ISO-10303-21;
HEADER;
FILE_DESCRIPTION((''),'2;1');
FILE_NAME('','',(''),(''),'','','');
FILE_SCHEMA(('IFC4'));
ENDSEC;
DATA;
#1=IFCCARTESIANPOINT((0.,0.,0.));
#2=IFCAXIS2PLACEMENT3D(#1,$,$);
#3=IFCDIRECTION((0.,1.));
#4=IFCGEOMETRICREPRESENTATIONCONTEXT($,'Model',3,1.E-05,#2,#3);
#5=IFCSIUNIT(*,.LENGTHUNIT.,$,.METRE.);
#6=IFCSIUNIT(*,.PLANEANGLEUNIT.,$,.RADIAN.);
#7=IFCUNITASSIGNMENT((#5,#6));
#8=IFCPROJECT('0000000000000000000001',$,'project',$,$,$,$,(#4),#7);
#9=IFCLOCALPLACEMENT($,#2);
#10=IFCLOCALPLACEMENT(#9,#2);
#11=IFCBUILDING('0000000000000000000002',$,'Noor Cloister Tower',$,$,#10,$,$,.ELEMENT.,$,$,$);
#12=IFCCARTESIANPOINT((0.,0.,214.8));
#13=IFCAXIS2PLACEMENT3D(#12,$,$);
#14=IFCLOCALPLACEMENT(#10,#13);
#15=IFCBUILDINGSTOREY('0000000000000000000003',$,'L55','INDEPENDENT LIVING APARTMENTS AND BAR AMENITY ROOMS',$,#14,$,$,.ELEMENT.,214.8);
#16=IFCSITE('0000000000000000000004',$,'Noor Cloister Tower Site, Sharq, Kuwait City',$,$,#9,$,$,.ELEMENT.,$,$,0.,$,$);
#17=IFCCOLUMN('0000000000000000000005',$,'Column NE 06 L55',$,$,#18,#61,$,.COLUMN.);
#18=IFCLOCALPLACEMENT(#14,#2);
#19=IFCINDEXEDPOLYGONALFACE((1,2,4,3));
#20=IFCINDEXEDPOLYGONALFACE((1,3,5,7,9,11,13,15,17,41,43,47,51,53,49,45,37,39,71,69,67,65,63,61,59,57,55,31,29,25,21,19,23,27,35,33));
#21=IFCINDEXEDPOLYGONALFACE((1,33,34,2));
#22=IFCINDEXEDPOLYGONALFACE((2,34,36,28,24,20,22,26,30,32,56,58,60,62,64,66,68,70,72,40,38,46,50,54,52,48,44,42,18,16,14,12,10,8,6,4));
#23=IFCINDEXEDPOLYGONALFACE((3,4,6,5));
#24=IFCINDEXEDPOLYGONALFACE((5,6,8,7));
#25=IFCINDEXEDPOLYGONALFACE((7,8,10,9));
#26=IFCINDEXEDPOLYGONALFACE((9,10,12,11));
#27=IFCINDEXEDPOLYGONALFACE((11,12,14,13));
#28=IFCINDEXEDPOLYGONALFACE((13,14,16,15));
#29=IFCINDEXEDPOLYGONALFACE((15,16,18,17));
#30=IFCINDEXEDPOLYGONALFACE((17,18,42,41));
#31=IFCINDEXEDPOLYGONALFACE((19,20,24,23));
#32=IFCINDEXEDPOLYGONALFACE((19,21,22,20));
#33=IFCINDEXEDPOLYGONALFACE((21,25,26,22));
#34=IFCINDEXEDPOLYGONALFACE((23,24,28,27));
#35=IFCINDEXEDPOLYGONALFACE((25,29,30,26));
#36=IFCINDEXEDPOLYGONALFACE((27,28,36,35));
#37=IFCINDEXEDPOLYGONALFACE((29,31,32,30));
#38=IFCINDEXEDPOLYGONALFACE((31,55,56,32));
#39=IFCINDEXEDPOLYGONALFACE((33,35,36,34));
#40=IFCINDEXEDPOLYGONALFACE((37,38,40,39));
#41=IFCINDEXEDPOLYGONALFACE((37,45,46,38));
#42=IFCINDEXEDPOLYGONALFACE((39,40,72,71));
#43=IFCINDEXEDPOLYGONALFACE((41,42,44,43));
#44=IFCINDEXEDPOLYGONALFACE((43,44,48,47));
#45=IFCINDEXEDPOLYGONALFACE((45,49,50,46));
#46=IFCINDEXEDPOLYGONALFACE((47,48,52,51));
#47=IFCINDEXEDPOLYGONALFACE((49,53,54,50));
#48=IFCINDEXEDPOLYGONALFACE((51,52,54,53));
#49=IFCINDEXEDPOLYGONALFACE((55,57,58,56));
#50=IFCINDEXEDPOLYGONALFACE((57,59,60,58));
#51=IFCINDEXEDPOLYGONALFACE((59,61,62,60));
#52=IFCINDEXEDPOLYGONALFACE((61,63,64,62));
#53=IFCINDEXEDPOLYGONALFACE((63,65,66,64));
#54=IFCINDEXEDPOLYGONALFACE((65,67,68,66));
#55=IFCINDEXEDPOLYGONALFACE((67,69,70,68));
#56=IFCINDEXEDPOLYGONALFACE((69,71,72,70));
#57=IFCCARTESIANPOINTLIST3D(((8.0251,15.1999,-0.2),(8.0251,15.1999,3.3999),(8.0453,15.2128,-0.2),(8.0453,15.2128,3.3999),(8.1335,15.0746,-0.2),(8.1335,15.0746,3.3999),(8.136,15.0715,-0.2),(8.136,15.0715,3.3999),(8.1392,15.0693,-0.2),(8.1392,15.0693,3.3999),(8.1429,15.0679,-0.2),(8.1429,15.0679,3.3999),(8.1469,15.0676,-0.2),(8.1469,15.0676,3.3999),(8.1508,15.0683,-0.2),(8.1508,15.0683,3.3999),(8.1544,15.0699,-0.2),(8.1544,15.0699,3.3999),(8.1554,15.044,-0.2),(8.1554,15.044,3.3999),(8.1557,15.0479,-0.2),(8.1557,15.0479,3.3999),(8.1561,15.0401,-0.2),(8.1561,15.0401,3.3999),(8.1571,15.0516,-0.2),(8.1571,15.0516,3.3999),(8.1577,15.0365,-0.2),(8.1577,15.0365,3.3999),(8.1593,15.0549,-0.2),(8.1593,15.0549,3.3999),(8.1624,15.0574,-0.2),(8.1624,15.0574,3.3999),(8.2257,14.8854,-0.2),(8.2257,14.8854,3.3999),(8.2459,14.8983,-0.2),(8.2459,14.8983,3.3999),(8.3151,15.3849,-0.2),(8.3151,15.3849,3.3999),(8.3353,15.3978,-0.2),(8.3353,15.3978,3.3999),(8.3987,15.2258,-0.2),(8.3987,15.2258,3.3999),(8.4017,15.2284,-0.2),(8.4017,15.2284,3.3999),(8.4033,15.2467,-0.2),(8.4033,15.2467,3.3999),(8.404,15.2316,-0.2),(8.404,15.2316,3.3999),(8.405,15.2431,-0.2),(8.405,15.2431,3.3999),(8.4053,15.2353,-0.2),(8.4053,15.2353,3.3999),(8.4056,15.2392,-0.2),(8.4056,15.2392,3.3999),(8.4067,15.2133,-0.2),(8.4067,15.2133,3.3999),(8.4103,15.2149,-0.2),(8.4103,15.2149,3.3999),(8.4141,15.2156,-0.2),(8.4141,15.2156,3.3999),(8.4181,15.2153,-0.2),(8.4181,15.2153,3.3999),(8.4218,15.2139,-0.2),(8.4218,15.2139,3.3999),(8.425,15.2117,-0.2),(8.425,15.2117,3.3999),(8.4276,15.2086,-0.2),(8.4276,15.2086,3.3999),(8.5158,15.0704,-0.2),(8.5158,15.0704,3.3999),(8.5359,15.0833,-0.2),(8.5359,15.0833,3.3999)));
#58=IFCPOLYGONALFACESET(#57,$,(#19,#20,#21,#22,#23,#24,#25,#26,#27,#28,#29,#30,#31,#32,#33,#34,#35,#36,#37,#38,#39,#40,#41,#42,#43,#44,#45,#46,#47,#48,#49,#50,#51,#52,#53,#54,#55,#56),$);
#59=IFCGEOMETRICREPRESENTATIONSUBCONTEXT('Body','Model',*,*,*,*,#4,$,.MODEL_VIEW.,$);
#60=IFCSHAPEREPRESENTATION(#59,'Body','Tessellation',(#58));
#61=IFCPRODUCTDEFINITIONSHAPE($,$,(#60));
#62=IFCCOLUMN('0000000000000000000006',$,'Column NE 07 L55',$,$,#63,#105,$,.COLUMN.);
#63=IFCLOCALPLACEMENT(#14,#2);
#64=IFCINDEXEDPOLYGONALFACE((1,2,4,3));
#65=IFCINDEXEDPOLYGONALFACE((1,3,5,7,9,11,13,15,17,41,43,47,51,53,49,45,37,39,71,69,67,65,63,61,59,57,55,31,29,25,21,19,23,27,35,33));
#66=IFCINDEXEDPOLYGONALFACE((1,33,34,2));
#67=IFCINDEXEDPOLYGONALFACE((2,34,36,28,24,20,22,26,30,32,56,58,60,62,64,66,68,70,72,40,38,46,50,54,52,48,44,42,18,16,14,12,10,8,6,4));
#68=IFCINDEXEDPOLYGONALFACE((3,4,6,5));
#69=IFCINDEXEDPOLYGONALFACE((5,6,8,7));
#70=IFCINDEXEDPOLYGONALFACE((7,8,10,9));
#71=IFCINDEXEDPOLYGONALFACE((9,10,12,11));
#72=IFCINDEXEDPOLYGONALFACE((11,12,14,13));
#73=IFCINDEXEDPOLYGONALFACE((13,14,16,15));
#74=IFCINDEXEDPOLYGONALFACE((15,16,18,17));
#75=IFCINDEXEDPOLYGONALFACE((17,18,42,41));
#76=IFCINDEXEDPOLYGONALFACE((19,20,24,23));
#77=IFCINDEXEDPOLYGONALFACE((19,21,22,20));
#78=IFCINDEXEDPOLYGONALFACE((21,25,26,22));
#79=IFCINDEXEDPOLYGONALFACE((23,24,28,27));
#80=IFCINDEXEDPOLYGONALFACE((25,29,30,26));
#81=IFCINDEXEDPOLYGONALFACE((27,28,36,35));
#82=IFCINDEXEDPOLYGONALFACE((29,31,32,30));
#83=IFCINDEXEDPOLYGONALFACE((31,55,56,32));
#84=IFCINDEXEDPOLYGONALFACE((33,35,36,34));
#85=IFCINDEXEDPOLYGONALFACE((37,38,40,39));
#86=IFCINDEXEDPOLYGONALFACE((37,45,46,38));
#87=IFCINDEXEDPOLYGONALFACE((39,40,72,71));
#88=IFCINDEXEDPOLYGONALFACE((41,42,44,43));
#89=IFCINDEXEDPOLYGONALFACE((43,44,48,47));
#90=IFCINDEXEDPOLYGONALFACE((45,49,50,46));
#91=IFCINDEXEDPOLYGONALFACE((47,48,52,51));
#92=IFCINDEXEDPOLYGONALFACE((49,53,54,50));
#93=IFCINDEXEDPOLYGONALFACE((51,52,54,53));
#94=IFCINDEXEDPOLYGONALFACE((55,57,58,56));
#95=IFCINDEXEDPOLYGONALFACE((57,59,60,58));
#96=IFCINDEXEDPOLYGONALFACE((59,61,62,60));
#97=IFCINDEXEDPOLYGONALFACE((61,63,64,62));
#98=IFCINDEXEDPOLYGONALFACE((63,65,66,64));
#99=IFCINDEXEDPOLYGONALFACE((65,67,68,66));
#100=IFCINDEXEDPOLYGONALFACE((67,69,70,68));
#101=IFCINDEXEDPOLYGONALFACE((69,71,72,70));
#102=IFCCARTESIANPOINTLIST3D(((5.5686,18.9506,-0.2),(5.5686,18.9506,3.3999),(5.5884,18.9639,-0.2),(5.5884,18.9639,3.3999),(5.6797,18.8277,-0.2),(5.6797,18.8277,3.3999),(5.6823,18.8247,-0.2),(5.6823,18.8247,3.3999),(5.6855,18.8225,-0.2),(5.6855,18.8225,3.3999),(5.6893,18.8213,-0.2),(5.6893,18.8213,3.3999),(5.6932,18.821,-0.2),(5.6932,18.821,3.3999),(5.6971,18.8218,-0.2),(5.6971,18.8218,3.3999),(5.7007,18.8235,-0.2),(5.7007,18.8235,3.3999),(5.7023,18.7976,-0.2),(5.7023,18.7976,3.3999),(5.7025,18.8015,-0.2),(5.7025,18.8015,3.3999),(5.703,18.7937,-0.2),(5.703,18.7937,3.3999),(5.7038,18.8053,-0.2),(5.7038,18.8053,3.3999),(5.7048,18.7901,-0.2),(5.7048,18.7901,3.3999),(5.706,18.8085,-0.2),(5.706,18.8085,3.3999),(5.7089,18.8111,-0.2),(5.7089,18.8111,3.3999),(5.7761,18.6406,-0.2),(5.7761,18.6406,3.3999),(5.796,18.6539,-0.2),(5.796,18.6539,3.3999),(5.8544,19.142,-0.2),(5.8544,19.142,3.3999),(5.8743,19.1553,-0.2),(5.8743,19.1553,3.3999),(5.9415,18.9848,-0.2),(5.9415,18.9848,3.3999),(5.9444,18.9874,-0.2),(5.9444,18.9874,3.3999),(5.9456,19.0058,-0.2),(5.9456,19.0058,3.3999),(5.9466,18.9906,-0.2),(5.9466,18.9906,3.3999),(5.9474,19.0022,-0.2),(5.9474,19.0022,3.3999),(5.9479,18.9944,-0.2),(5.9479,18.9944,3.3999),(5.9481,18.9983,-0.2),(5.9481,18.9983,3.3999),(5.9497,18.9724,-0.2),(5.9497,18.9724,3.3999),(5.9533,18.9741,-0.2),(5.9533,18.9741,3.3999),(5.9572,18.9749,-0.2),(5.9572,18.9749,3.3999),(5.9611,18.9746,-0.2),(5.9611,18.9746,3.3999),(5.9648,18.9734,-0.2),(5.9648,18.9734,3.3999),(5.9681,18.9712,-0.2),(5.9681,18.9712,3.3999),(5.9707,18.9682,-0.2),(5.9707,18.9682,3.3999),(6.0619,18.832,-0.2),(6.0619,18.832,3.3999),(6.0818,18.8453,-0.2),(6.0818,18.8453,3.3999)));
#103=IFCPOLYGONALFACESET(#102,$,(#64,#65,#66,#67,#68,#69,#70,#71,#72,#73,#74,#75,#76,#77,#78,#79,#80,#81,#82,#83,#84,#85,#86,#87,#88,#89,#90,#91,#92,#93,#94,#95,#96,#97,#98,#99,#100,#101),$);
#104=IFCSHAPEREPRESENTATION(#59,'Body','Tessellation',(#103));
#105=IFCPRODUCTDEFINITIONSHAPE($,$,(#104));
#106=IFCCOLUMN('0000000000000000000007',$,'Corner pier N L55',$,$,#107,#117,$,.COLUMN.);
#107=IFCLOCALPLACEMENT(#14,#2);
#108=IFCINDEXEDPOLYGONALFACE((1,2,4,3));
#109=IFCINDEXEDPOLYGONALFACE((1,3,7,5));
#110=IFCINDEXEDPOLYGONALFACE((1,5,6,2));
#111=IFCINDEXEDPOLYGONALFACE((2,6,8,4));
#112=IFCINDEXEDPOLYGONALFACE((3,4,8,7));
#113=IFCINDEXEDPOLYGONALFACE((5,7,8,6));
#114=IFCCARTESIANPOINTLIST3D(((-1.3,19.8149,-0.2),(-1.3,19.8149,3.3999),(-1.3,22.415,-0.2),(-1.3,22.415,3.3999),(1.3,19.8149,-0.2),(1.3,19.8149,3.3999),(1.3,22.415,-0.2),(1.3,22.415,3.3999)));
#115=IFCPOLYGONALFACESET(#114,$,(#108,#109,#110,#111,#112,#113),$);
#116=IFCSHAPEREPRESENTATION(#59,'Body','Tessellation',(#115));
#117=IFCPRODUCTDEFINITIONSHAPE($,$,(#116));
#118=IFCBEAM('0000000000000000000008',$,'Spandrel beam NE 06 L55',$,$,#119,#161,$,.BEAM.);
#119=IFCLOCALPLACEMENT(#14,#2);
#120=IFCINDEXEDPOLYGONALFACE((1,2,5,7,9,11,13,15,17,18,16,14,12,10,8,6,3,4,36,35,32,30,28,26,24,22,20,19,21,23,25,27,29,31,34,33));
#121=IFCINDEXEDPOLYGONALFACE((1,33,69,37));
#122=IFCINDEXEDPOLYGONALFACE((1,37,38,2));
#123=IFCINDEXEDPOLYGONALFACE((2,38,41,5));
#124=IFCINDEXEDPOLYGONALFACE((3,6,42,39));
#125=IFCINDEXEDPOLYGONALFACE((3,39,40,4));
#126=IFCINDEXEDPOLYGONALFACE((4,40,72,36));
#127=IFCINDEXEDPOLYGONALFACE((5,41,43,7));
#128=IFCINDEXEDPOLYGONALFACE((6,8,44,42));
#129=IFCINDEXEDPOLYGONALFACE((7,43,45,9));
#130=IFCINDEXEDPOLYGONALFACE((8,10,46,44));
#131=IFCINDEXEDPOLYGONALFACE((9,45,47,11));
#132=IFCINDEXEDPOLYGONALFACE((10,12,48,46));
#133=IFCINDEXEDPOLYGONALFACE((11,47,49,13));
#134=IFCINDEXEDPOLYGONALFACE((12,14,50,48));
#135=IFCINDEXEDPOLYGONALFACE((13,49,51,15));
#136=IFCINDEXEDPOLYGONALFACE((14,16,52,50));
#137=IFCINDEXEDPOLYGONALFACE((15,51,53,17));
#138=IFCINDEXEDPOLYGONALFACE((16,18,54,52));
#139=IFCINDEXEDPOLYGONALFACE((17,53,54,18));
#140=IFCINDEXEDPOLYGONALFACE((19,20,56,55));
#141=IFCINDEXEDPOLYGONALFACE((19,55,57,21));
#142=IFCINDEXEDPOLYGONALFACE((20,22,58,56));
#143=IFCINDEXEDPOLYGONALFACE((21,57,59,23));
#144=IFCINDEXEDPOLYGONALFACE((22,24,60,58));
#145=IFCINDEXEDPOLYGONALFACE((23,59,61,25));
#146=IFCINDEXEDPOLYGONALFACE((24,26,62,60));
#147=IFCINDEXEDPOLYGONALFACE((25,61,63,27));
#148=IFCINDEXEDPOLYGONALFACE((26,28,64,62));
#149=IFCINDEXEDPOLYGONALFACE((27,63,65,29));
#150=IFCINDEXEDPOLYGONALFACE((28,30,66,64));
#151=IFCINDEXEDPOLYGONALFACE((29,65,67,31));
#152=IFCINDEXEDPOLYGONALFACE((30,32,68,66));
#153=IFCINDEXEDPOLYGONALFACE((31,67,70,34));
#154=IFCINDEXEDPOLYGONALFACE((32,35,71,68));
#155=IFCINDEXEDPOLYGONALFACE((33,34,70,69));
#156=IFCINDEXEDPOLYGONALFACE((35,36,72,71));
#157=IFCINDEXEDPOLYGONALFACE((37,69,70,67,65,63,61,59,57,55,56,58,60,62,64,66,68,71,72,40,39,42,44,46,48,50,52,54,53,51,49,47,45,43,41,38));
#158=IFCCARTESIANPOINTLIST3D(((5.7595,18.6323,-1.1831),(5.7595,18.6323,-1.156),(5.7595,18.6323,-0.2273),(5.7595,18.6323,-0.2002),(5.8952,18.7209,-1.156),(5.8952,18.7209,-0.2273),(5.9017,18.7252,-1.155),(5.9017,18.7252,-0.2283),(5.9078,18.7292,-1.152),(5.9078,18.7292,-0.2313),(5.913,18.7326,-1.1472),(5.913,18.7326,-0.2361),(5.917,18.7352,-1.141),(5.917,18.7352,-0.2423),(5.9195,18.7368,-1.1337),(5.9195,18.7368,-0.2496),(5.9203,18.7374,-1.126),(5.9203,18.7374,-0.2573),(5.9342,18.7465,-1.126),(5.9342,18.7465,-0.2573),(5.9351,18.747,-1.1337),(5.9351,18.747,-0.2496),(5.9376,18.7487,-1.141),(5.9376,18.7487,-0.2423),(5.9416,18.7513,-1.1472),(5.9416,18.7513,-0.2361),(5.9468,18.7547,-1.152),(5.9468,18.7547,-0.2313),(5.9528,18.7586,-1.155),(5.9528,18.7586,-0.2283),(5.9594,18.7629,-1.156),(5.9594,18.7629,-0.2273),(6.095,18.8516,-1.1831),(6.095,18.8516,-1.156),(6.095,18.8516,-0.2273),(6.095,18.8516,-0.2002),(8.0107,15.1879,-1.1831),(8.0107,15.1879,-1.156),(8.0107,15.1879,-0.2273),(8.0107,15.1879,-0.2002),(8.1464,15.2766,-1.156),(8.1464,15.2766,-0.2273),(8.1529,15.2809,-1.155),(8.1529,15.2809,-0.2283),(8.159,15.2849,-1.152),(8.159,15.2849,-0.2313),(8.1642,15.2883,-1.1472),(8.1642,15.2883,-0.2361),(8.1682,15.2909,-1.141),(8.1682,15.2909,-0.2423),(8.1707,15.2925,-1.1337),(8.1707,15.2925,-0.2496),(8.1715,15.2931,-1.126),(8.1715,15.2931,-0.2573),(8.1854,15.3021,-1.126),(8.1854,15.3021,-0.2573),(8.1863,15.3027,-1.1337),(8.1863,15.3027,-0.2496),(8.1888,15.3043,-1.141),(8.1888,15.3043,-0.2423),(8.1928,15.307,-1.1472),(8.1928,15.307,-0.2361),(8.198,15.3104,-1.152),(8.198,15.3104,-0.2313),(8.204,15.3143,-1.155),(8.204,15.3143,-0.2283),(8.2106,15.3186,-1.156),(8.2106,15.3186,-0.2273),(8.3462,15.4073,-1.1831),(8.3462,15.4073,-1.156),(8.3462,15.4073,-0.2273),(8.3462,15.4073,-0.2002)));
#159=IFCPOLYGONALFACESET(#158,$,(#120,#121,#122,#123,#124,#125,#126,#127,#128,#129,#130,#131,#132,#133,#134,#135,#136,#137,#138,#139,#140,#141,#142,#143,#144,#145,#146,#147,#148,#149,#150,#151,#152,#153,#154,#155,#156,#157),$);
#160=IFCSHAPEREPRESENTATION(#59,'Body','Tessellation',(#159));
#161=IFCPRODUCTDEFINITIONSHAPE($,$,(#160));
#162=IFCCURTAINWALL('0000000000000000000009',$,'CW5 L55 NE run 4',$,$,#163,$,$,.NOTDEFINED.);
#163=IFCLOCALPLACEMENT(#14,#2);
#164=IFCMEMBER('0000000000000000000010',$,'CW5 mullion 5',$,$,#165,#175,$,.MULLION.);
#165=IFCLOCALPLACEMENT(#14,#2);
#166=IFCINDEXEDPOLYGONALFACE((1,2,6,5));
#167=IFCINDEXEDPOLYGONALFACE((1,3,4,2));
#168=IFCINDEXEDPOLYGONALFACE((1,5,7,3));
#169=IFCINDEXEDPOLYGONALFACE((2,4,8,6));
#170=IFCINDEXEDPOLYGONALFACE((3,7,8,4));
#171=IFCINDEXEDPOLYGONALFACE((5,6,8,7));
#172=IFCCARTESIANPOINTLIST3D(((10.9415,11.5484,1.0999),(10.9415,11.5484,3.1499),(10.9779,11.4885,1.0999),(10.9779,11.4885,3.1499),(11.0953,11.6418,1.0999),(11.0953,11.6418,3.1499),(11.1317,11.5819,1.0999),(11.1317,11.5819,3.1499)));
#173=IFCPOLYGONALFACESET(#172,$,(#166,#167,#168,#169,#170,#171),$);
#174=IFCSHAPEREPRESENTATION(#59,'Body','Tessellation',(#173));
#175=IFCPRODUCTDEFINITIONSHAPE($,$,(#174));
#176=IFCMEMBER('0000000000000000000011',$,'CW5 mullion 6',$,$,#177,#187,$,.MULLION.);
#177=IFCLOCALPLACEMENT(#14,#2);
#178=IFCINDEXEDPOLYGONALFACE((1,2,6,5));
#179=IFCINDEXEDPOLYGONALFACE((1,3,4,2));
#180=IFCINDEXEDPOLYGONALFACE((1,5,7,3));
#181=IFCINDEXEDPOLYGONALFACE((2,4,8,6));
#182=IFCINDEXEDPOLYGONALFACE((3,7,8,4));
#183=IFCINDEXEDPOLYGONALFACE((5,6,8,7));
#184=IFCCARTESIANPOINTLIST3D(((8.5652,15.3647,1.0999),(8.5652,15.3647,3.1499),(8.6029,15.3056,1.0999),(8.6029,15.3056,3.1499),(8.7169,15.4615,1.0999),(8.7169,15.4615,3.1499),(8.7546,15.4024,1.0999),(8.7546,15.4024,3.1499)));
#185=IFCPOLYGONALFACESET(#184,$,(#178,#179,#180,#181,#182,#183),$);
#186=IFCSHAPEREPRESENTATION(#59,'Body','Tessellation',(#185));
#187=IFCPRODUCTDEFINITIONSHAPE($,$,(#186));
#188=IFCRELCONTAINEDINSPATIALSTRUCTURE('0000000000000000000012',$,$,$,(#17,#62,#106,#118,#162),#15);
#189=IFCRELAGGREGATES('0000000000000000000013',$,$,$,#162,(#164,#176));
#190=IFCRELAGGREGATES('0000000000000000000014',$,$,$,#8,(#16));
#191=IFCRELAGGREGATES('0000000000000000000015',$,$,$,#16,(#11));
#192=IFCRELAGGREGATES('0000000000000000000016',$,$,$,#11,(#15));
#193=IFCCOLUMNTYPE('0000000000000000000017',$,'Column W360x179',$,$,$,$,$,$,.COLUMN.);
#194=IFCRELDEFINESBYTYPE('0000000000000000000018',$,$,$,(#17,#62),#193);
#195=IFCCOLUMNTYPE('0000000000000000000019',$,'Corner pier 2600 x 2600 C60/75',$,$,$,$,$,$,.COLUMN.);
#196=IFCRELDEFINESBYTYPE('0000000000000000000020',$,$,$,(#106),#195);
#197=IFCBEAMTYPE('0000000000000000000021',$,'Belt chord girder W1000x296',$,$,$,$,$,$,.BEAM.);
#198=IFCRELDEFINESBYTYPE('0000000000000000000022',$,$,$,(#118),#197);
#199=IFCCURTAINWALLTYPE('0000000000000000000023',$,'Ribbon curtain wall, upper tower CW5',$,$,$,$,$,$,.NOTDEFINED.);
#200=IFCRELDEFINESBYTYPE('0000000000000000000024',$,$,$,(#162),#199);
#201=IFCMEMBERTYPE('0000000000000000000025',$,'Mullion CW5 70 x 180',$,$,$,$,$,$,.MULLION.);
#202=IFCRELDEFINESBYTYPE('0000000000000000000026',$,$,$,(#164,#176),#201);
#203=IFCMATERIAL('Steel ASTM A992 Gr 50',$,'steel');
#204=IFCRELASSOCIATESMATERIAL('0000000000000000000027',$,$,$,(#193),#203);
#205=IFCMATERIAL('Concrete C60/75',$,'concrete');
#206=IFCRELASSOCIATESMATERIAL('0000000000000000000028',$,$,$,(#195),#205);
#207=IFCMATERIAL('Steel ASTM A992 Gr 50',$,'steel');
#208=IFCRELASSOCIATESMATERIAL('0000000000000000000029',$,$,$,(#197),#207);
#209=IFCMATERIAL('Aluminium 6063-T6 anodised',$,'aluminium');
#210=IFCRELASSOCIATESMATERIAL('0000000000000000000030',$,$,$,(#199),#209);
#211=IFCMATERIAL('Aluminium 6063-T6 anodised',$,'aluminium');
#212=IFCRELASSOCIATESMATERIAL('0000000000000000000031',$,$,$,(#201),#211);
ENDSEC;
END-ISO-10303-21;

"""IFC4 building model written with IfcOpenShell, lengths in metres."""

from ifc_helpers import new_model, si_unit, direction, frame, origin, origin_2d, place, context, subcontext, project, spatial, rectangle, i_section, extrude, material, material_profile, profile_set, type_object, element, aggregate, save


model = new_model("IFC4")

# Units and contexts
model_context = context("Model", 3, precision=1e-05, world=origin(), true_north=direction((0.0, 1.0)))
body_context = subcontext(model_context, "Body", "Model", "MODEL_VIEW")
ifc_project = project(units=[si_unit("LENGTHUNIT", "METRE"), si_unit("PLANEANGLEUNIT", "RADIAN")], contexts=[model_context])

# Site, building, storey
site_placement = place(None, origin())
site = spatial("IfcSite", under=ifc_project, at=site_placement, Name="Noor Cloister Tower Site, Sharq, Kuwait City", CompositionType="ELEMENT", RefElevation=0.0)
building_placement = place(site_placement, origin())
building = spatial("IfcBuilding", under=site, at=building_placement, Name="Noor Cloister Tower", CompositionType="ELEMENT")
storey_placement = place(building_placement, frame((0.0, 0.0, 214.8)))
storey = spatial("IfcBuildingStorey", under=building, at=storey_placement, Name="L55", Description="INDEPENDENT LIVING APARTMENTS AND BAR AMENITY ROOMS", CompositionType="ELEMENT", Elevation=214.8)

# Columns
ifc_material_1 = material(Name="Steel ASTM A992 Gr 50", Category="steel")
ifc_material_profile_1 = material_profile(ifc_material_1, i_section(OverallWidth=0.373, OverallDepth=0.3679, WebThickness=0.0149, FlangeThickness=0.0239, FilletRadius=0.0151, at=origin_2d()), Name="W360x179")
ifc_profile_set_1 = profile_set([ifc_material_profile_1], Name="Steel ASTM A992 Gr 50")
column_type_1 = type_object("IfcColumnType", Name="Column W360x179", PredefinedType="COLUMN", material=ifc_profile_set_1)
for number, where, z_axis, x_axis, name in (
    (1, (8.2805, 15.1416, -0.2), (0.0, 0.0, 1.0), (-0.537834, 0.843051, 0.0), "Column NE 06 L55"),
    (2, (5.8252, 18.8979, -0.2), (0.0, 0.0, 1.0), (-0.55636, 0.830941, 0.0), "Column NE 07 L55"),
):
    element("IfcColumn", number, at=place(storey_placement, frame(where, z_axis=z_axis, x_axis=x_axis)), inside=storey, type_object=column_type_1, Name=name, PredefinedType="COLUMN", context=body_context, shape_type="SweptSolid", body=[
        extrude(i_section(OverallWidth=0.373, OverallDepth=0.3679, WebThickness=0.0149, FlangeThickness=0.0239, FilletRadius=0.0151, at=origin_2d()), origin(), (0.0, 0.0, 1.0), 3.5999),
    ])
ifc_material_2 = material(Name="Concrete C60/75", Category="concrete")
ifc_material_profile_2 = material_profile(ifc_material_2, rectangle(XDim=2.6001, YDim=2.6001, at=origin_2d()), Name="RC 2600x2600")
ifc_profile_set_2 = profile_set([ifc_material_profile_2], Name="Concrete C60/75")
column_type_2 = type_object("IfcColumnType", Name="Corner pier 2600 x 2600 C60/75", PredefinedType="COLUMN", material=ifc_profile_set_2)
column_placement = place(storey_placement, frame((0.0, 21.115, -0.2), z_axis=(0.0, 0.0, 1.0), x_axis=(0.0, 1.0, 0.0)))
element("IfcColumn", 3, at=column_placement, inside=storey, type_object=column_type_2, Name="Corner pier N L55", PredefinedType="COLUMN", context=body_context, shape_type="SweptSolid", body=[
    extrude(rectangle(XDim=2.6001, YDim=2.6001, at=origin_2d()), origin(), (0.0, 0.0, 1.0), 3.5999),
])

# Beam
ifc_material_3 = material(Name="Steel ASTM A992 Gr 50", Category="steel")
ifc_material_profile_3 = material_profile(ifc_material_3, i_section(OverallWidth=0.4009, OverallDepth=0.9829, WebThickness=0.0166, FlangeThickness=0.0271, FilletRadius=0.03, at=origin_2d()), Name="W1000x296")
ifc_profile_set_3 = profile_set([ifc_material_profile_3], Name="Steel ASTM A992 Gr 50")
beam_type_1 = type_object("IfcBeamType", Name="Belt chord girder W1000x296", PredefinedType="BEAM", material=ifc_profile_set_3)
beam_1_placement = place(storey_placement, frame((8.1785, 15.2976, -0.6917), z_axis=(-0.547105, 0.837064, 0.0), x_axis=(-0.837064, -0.547105, 0.0)))
element("IfcBeam", 4, at=beam_1_placement, inside=storey, type_object=beam_type_1, Name="Spandrel beam NE 06 L55", PredefinedType="BEAM", context=body_context, shape_type="SweptSolid", body=[
    extrude(i_section(OverallWidth=0.4009, OverallDepth=0.9829, WebThickness=0.0166, FlangeThickness=0.0271, FilletRadius=0.03, at=origin_2d()), origin(), (0.0, 0.0, 1.0), 4.1147),
])

# Curtain wall, members
ifc_material_4 = material(Name="Aluminium 6063-T6 anodised", Category="aluminium")
curtain_wall_type = type_object("IfcCurtainWallType", Name="Ribbon curtain wall, upper tower CW5", PredefinedType="NOTDEFINED", material=ifc_material_4)
curtain_wall_placement = place(storey_placement, origin())
curtain_wall = element("IfcCurtainWall", 5, at=curtain_wall_placement, inside=storey, type_object=curtain_wall_type, Name="CW5 L55 NE run 4", PredefinedType="NOTDEFINED")
ifc_material_5 = material(Name="Aluminium 6063-T6 anodised", Category="aluminium")
ifc_material_profile_4 = material_profile(ifc_material_5, rectangle(XDim=0.1799, YDim=0.0701, at=origin_2d()), Name="180 x 70 mullion")
ifc_profile_set_4 = profile_set([ifc_material_profile_4], Name="Aluminium 6063-T6 anodised")
member_type = type_object("IfcMemberType", Name="Mullion CW5 70 x 180", PredefinedType="MULLION", material=ifc_profile_set_4)
member_1_placement = place(storey_placement, frame((11.0366, 11.5652, 1.0999), z_axis=(0.0, 0.0, 1.0), x_axis=(-0.854747, -0.519044, 0.0)))
member_1 = element("IfcMember", 6, at=member_1_placement, type_object=member_type, Name="CW5 mullion 5", PredefinedType="MULLION", context=body_context, shape_type="SweptSolid", body=[
    extrude(rectangle(XDim=0.1799, YDim=0.0701, at=origin_2d()), origin(), (0.0, 0.0, 1.0), 2.05),
])
member_2_placement = place(storey_placement, frame((8.6599, 15.3835, 1.0999), z_axis=(0.0, 0.0, 1.0), x_axis=(-0.843051, -0.537834, 0.0)))
member_2 = element("IfcMember", 7, at=member_2_placement, type_object=member_type, Name="CW5 mullion 6", PredefinedType="MULLION", context=body_context, shape_type="SweptSolid", body=[
    extrude(rectangle(XDim=0.1799, YDim=0.0701, at=origin_2d()), origin(), (0.0, 0.0, 1.0), 2.05),
])

aggregate(curtain_wall, [member_1, member_2])

save(model, "model.ifc")
